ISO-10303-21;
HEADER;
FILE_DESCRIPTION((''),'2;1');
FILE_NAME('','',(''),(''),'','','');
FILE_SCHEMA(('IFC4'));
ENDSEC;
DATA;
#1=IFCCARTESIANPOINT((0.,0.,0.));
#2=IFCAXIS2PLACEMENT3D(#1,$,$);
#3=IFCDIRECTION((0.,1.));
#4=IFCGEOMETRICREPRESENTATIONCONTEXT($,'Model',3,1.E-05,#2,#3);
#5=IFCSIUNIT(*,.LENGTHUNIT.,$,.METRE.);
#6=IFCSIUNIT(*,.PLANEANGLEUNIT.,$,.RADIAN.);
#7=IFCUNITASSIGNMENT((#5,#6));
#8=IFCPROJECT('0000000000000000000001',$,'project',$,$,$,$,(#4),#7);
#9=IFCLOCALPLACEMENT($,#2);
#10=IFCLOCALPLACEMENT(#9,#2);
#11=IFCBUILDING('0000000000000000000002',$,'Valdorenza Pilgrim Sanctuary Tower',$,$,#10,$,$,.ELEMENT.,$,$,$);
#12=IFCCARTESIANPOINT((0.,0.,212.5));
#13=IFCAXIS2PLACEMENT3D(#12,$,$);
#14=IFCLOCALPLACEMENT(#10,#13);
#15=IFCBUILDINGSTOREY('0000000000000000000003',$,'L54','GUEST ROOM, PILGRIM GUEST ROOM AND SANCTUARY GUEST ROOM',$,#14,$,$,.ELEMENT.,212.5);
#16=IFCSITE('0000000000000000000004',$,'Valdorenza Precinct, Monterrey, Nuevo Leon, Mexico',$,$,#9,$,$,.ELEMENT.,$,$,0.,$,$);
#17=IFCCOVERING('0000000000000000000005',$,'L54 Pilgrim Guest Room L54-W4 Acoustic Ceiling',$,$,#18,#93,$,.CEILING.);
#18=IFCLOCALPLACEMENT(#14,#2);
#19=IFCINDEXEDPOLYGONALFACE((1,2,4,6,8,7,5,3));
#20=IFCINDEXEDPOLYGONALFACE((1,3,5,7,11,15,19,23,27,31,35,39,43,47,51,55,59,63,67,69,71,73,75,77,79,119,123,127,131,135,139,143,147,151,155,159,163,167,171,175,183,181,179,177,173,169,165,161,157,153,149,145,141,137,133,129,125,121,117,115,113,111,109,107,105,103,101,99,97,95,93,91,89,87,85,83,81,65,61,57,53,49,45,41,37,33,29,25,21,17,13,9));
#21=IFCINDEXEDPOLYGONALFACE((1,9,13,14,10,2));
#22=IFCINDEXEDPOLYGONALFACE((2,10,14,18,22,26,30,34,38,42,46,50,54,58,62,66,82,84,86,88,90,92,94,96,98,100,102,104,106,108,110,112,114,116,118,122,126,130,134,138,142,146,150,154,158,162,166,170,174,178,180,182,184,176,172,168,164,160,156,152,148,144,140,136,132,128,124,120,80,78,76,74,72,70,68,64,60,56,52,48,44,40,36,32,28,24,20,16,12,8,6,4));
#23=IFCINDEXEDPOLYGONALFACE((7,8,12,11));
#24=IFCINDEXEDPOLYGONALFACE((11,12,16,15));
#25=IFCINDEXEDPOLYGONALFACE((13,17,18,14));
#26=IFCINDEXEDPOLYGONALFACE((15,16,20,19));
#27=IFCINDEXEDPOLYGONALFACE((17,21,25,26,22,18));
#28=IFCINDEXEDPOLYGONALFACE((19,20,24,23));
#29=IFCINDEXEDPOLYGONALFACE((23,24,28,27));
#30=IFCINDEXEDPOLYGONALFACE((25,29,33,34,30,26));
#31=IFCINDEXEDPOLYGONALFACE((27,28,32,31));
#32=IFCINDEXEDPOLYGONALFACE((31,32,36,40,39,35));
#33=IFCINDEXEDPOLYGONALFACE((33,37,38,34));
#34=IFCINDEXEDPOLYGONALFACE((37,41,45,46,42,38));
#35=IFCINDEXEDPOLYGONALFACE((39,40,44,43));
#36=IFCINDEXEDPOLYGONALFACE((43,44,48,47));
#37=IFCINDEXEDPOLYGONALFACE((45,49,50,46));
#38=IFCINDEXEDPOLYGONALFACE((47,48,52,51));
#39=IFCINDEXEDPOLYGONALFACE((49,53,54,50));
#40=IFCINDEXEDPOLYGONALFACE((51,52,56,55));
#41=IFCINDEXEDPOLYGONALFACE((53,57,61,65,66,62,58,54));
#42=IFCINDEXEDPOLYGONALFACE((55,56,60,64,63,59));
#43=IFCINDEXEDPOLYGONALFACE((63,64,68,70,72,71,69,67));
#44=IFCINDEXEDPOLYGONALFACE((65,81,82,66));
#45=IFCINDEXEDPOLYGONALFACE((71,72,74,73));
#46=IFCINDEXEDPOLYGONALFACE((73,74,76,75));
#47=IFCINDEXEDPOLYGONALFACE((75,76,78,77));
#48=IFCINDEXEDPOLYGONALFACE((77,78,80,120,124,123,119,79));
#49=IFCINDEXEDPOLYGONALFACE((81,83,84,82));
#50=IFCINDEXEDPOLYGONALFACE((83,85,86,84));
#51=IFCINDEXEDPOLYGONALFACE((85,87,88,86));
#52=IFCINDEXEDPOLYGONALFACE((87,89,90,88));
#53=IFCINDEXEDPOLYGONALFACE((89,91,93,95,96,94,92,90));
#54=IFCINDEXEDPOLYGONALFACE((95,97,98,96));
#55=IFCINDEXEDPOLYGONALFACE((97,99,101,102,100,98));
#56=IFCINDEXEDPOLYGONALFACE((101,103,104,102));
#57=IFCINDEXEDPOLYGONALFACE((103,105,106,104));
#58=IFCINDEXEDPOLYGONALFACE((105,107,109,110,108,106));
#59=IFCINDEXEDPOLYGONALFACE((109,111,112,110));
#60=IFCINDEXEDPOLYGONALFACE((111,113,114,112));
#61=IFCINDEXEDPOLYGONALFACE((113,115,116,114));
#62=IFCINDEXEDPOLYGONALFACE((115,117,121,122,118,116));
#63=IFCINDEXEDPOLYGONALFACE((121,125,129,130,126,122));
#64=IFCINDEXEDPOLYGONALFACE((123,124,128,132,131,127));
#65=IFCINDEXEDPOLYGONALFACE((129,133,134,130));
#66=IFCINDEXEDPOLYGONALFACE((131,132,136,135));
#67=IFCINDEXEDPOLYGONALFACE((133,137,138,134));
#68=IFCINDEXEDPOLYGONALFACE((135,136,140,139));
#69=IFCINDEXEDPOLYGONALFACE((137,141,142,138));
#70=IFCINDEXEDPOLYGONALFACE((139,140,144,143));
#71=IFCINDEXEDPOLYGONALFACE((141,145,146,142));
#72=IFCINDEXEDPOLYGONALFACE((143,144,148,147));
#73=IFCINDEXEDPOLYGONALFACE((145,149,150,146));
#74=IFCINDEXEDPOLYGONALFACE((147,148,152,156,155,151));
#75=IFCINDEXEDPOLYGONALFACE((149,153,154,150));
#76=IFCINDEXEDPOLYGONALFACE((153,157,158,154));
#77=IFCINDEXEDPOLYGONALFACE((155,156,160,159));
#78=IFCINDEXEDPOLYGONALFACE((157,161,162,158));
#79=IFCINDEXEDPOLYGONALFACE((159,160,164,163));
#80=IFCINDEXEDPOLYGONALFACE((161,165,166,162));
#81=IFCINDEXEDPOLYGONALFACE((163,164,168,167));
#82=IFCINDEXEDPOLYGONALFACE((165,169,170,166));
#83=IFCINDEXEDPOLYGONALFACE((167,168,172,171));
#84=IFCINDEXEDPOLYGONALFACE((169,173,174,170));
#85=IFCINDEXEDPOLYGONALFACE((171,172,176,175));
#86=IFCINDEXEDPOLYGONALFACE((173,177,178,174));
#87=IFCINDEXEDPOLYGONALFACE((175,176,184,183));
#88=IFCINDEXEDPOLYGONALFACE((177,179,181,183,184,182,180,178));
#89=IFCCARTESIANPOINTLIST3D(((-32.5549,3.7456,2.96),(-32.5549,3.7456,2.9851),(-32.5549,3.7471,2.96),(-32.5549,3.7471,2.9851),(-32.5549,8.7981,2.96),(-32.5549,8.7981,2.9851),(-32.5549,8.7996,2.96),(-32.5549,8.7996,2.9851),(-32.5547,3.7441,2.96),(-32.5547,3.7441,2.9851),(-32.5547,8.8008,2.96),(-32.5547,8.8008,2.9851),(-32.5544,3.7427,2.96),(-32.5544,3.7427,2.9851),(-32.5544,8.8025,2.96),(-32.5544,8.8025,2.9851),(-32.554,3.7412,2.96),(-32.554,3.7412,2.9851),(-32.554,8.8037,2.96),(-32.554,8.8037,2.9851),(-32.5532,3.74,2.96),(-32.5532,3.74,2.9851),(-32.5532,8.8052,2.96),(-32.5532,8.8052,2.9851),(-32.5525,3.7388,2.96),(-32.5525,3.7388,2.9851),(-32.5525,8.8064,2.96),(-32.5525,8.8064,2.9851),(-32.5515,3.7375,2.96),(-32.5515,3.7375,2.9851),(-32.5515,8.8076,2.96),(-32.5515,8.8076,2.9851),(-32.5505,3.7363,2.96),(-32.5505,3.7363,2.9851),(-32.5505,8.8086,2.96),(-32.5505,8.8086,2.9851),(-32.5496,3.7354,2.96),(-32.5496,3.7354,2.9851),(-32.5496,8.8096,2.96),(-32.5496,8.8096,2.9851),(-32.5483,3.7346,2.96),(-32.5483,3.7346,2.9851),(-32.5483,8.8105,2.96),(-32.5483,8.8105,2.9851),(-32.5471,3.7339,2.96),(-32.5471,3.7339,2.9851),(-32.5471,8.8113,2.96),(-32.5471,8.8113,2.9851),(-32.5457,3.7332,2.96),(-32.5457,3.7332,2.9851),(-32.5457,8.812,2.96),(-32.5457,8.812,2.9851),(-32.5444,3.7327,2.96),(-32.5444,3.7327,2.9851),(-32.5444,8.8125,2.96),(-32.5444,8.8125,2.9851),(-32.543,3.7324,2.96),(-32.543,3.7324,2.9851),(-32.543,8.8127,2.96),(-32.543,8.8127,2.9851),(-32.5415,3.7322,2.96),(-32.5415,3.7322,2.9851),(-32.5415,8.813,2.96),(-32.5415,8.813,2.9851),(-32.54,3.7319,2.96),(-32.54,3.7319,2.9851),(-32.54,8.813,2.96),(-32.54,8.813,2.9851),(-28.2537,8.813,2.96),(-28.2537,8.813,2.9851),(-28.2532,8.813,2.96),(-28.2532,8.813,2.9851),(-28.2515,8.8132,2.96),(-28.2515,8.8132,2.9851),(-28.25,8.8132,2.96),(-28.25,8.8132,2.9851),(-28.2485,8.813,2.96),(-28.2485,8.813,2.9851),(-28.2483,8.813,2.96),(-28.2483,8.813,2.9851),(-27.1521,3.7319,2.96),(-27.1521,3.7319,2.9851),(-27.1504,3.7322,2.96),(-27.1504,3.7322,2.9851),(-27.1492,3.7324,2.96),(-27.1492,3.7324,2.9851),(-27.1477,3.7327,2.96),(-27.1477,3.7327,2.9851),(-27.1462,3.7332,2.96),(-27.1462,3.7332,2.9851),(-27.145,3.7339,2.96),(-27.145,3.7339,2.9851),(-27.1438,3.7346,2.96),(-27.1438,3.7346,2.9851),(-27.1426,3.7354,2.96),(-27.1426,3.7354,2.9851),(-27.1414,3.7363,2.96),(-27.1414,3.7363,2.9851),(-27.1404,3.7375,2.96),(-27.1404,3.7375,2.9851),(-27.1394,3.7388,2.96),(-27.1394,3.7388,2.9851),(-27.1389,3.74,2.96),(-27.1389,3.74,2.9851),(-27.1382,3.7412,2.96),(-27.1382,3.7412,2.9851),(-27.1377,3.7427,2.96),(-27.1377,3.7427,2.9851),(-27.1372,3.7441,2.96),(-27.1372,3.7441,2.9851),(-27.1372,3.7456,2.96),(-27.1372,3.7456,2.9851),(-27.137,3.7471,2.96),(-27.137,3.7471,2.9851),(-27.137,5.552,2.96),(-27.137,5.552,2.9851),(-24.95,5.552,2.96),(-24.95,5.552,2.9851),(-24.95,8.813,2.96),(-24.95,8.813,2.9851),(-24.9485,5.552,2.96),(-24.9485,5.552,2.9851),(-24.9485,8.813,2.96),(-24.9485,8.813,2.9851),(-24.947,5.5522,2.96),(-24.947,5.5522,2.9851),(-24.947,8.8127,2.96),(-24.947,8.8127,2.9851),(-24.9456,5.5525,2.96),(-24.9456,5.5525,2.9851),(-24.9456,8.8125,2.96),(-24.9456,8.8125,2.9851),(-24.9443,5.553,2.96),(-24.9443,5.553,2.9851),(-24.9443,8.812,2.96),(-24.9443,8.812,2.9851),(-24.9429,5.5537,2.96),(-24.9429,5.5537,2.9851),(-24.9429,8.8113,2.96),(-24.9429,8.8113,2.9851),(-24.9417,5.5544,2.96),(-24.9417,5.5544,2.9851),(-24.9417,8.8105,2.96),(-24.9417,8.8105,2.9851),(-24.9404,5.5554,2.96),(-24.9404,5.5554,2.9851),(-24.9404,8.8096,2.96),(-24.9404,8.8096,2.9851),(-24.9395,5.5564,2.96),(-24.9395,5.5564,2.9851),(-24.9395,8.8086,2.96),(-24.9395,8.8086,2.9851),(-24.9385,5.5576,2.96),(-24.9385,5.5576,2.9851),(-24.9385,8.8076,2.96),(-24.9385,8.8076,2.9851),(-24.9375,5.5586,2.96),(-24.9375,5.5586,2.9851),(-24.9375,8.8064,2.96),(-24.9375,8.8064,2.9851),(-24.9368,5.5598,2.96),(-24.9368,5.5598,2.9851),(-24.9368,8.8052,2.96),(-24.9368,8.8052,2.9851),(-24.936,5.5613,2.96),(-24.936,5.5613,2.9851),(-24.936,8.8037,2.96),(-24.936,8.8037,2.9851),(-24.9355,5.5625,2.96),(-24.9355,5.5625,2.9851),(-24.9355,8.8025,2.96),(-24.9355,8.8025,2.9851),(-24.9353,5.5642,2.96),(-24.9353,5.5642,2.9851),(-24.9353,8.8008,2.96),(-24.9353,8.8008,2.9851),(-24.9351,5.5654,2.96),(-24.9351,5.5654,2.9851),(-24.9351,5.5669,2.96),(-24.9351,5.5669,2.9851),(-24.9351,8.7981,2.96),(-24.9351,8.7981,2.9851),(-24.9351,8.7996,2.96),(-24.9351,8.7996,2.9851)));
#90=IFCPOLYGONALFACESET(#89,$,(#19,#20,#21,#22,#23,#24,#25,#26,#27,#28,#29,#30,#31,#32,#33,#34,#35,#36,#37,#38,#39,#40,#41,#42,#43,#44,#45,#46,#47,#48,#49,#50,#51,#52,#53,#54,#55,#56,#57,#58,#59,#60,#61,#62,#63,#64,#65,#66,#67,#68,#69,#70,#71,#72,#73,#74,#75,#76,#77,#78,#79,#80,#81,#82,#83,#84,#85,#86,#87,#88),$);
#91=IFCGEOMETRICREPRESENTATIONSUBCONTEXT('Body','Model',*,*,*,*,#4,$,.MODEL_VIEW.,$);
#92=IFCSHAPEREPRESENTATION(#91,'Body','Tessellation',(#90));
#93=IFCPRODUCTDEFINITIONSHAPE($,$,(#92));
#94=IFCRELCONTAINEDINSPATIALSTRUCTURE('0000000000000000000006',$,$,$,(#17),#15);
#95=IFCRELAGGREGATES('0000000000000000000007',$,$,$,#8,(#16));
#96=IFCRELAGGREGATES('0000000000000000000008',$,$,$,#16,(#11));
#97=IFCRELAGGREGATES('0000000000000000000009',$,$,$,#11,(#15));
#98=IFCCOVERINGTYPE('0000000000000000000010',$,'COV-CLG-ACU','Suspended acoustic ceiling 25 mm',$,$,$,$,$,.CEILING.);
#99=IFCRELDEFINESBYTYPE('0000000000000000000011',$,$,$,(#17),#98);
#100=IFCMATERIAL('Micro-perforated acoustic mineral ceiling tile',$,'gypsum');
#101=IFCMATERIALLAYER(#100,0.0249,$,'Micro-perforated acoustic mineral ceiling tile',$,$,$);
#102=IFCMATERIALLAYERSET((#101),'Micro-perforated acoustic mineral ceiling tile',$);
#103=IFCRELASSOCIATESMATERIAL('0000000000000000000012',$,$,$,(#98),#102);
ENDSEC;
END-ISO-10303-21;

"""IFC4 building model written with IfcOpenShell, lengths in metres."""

from ifc_helpers import new_model, si_unit, direction, frame, origin, place, context, subcontext, project, spatial, polyline, outline, extrude, material, layer, layer_set, type_object, element, save


model = new_model("IFC4")

# Units and contexts
model_context = context("Model", 3, precision=1e-05, world=origin(), true_north=direction((0.0, 1.0)))
body_context = subcontext(model_context, "Body", "Model", "MODEL_VIEW")
ifc_project = project(units=[si_unit("LENGTHUNIT", "METRE"), si_unit("PLANEANGLEUNIT", "RADIAN")], contexts=[model_context])

# Site, building, storey
site_placement = place(None, origin())
site = spatial("IfcSite", under=ifc_project, at=site_placement, Name="Valdorenza Precinct, Monterrey, Nuevo Leon, Mexico", CompositionType="ELEMENT", RefElevation=0.0)
building_placement = place(site_placement, origin())
building = spatial("IfcBuilding", under=site, at=building_placement, Name="Valdorenza Pilgrim Sanctuary Tower", CompositionType="ELEMENT")
storey_placement = place(building_placement, frame((0.0, 0.0, 212.5)))
storey = spatial("IfcBuildingStorey", under=building, at=storey_placement, Name="L54", Description="GUEST ROOM, PILGRIM GUEST ROOM AND SANCTUARY GUEST ROOM", CompositionType="ELEMENT", Elevation=212.5)

# Covering
ifc_material_1 = material(Name="Micro-perforated acoustic mineral ceiling tile", Category="gypsum")
ifc_layer_1 = layer(ifc_material_1, 0.0249, Name="Micro-perforated acoustic mineral ceiling tile")
ifc_layer_set_1 = layer_set([ifc_layer_1], Name="Micro-perforated acoustic mineral ceiling tile")
covering_type_1 = type_object("IfcCoveringType", Name="COV-CLG-ACU", Description="Suspended acoustic ceiling 25 mm", PredefinedType="CEILING", material=ifc_layer_set_1)
covering_1_placement = place(storey_placement, frame((0.0, 0.0, 2.96)))
element("IfcCovering", 1, at=covering_1_placement, inside=storey, type_object=covering_type_1, Name="L54 Pilgrim Guest Room L54-W4 Acoustic Ceiling", PredefinedType="CEILING", context=body_context, shape_type="SweptSolid", body=[
    extrude(outline(polyline([(-28.2537, 8.813), (-28.2532, 8.813), (-28.2515, 8.8132), (-28.25, 8.8132), (-28.2485, 8.813), (-28.2483, 8.813), (-24.95, 8.813), (-24.9485, 8.813), (-24.947, 8.8127), (-24.9456, 8.8125), (-24.9443, 8.812), (-24.9429, 8.8113), (-24.9417, 8.8105), (-24.9404, 8.8096), (-24.9395, 8.8086), (-24.9385, 8.8076), (-24.9375, 8.8064), (-24.9368, 8.8052), (-24.936, 8.8037), (-24.9355, 8.8025), (-24.9353, 8.8008), (-24.9351, 8.7996), (-24.9351, 8.7981), (-24.9351, 5.5669), (-24.9351, 5.5654), (-24.9353, 5.5642), (-24.9355, 5.5625), (-24.936, 5.5613), (-24.9368, 5.5598), (-24.9375, 5.5586), (-24.9385, 5.5576), (-24.9395, 5.5564), (-24.9404, 5.5554), (-24.9417, 5.5544), (-24.9429, 5.5537), (-24.9443, 5.553), (-24.9456, 5.5525), (-24.947, 5.5522), (-24.9485, 5.552), (-24.95, 5.552), (-27.137, 5.552), (-27.137, 3.7471), (-27.1372, 3.7456), (-27.1372, 3.7441), (-27.1377, 3.7427), (-27.1382, 3.7412), (-27.1389, 3.74), (-27.1394, 3.7388), (-27.1404, 3.7375), (-27.1414, 3.7363), (-27.1426, 3.7354), (-27.1438, 3.7346), (-27.145, 3.7339), (-27.1462, 3.7332), (-27.1477, 3.7327), (-27.1492, 3.7324), (-27.1504, 3.7322), (-27.1521, 3.7319), (-32.54, 3.7319), (-32.5415, 3.7322), (-32.543, 3.7324), (-32.5444, 3.7327), (-32.5457, 3.7332), (-32.5471, 3.7339), (-32.5483, 3.7346), (-32.5496, 3.7354), (-32.5505, 3.7363), (-32.5515, 3.7375), (-32.5525, 3.7388), (-32.5532, 3.74), (-32.554, 3.7412), (-32.5544, 3.7427), (-32.5547, 3.7441), (-32.5549, 3.7456), (-32.5549, 3.7471), (-32.5549, 8.7981), (-32.5549, 8.7996), (-32.5547, 8.8008), (-32.5544, 8.8025), (-32.554, 8.8037), (-32.5532, 8.8052), (-32.5525, 8.8064), (-32.5515, 8.8076), (-32.5505, 8.8086), (-32.5496, 8.8096), (-32.5483, 8.8105), (-32.5471, 8.8113), (-32.5457, 8.812), (-32.5444, 8.8125), (-32.543, 8.8127), (-32.5415, 8.813), (-32.54, 8.813), (-28.2537, 8.813)])), origin(), (0.0, 0.0, 1.0), 0.0251),
])

save(model, "model.ifc")
